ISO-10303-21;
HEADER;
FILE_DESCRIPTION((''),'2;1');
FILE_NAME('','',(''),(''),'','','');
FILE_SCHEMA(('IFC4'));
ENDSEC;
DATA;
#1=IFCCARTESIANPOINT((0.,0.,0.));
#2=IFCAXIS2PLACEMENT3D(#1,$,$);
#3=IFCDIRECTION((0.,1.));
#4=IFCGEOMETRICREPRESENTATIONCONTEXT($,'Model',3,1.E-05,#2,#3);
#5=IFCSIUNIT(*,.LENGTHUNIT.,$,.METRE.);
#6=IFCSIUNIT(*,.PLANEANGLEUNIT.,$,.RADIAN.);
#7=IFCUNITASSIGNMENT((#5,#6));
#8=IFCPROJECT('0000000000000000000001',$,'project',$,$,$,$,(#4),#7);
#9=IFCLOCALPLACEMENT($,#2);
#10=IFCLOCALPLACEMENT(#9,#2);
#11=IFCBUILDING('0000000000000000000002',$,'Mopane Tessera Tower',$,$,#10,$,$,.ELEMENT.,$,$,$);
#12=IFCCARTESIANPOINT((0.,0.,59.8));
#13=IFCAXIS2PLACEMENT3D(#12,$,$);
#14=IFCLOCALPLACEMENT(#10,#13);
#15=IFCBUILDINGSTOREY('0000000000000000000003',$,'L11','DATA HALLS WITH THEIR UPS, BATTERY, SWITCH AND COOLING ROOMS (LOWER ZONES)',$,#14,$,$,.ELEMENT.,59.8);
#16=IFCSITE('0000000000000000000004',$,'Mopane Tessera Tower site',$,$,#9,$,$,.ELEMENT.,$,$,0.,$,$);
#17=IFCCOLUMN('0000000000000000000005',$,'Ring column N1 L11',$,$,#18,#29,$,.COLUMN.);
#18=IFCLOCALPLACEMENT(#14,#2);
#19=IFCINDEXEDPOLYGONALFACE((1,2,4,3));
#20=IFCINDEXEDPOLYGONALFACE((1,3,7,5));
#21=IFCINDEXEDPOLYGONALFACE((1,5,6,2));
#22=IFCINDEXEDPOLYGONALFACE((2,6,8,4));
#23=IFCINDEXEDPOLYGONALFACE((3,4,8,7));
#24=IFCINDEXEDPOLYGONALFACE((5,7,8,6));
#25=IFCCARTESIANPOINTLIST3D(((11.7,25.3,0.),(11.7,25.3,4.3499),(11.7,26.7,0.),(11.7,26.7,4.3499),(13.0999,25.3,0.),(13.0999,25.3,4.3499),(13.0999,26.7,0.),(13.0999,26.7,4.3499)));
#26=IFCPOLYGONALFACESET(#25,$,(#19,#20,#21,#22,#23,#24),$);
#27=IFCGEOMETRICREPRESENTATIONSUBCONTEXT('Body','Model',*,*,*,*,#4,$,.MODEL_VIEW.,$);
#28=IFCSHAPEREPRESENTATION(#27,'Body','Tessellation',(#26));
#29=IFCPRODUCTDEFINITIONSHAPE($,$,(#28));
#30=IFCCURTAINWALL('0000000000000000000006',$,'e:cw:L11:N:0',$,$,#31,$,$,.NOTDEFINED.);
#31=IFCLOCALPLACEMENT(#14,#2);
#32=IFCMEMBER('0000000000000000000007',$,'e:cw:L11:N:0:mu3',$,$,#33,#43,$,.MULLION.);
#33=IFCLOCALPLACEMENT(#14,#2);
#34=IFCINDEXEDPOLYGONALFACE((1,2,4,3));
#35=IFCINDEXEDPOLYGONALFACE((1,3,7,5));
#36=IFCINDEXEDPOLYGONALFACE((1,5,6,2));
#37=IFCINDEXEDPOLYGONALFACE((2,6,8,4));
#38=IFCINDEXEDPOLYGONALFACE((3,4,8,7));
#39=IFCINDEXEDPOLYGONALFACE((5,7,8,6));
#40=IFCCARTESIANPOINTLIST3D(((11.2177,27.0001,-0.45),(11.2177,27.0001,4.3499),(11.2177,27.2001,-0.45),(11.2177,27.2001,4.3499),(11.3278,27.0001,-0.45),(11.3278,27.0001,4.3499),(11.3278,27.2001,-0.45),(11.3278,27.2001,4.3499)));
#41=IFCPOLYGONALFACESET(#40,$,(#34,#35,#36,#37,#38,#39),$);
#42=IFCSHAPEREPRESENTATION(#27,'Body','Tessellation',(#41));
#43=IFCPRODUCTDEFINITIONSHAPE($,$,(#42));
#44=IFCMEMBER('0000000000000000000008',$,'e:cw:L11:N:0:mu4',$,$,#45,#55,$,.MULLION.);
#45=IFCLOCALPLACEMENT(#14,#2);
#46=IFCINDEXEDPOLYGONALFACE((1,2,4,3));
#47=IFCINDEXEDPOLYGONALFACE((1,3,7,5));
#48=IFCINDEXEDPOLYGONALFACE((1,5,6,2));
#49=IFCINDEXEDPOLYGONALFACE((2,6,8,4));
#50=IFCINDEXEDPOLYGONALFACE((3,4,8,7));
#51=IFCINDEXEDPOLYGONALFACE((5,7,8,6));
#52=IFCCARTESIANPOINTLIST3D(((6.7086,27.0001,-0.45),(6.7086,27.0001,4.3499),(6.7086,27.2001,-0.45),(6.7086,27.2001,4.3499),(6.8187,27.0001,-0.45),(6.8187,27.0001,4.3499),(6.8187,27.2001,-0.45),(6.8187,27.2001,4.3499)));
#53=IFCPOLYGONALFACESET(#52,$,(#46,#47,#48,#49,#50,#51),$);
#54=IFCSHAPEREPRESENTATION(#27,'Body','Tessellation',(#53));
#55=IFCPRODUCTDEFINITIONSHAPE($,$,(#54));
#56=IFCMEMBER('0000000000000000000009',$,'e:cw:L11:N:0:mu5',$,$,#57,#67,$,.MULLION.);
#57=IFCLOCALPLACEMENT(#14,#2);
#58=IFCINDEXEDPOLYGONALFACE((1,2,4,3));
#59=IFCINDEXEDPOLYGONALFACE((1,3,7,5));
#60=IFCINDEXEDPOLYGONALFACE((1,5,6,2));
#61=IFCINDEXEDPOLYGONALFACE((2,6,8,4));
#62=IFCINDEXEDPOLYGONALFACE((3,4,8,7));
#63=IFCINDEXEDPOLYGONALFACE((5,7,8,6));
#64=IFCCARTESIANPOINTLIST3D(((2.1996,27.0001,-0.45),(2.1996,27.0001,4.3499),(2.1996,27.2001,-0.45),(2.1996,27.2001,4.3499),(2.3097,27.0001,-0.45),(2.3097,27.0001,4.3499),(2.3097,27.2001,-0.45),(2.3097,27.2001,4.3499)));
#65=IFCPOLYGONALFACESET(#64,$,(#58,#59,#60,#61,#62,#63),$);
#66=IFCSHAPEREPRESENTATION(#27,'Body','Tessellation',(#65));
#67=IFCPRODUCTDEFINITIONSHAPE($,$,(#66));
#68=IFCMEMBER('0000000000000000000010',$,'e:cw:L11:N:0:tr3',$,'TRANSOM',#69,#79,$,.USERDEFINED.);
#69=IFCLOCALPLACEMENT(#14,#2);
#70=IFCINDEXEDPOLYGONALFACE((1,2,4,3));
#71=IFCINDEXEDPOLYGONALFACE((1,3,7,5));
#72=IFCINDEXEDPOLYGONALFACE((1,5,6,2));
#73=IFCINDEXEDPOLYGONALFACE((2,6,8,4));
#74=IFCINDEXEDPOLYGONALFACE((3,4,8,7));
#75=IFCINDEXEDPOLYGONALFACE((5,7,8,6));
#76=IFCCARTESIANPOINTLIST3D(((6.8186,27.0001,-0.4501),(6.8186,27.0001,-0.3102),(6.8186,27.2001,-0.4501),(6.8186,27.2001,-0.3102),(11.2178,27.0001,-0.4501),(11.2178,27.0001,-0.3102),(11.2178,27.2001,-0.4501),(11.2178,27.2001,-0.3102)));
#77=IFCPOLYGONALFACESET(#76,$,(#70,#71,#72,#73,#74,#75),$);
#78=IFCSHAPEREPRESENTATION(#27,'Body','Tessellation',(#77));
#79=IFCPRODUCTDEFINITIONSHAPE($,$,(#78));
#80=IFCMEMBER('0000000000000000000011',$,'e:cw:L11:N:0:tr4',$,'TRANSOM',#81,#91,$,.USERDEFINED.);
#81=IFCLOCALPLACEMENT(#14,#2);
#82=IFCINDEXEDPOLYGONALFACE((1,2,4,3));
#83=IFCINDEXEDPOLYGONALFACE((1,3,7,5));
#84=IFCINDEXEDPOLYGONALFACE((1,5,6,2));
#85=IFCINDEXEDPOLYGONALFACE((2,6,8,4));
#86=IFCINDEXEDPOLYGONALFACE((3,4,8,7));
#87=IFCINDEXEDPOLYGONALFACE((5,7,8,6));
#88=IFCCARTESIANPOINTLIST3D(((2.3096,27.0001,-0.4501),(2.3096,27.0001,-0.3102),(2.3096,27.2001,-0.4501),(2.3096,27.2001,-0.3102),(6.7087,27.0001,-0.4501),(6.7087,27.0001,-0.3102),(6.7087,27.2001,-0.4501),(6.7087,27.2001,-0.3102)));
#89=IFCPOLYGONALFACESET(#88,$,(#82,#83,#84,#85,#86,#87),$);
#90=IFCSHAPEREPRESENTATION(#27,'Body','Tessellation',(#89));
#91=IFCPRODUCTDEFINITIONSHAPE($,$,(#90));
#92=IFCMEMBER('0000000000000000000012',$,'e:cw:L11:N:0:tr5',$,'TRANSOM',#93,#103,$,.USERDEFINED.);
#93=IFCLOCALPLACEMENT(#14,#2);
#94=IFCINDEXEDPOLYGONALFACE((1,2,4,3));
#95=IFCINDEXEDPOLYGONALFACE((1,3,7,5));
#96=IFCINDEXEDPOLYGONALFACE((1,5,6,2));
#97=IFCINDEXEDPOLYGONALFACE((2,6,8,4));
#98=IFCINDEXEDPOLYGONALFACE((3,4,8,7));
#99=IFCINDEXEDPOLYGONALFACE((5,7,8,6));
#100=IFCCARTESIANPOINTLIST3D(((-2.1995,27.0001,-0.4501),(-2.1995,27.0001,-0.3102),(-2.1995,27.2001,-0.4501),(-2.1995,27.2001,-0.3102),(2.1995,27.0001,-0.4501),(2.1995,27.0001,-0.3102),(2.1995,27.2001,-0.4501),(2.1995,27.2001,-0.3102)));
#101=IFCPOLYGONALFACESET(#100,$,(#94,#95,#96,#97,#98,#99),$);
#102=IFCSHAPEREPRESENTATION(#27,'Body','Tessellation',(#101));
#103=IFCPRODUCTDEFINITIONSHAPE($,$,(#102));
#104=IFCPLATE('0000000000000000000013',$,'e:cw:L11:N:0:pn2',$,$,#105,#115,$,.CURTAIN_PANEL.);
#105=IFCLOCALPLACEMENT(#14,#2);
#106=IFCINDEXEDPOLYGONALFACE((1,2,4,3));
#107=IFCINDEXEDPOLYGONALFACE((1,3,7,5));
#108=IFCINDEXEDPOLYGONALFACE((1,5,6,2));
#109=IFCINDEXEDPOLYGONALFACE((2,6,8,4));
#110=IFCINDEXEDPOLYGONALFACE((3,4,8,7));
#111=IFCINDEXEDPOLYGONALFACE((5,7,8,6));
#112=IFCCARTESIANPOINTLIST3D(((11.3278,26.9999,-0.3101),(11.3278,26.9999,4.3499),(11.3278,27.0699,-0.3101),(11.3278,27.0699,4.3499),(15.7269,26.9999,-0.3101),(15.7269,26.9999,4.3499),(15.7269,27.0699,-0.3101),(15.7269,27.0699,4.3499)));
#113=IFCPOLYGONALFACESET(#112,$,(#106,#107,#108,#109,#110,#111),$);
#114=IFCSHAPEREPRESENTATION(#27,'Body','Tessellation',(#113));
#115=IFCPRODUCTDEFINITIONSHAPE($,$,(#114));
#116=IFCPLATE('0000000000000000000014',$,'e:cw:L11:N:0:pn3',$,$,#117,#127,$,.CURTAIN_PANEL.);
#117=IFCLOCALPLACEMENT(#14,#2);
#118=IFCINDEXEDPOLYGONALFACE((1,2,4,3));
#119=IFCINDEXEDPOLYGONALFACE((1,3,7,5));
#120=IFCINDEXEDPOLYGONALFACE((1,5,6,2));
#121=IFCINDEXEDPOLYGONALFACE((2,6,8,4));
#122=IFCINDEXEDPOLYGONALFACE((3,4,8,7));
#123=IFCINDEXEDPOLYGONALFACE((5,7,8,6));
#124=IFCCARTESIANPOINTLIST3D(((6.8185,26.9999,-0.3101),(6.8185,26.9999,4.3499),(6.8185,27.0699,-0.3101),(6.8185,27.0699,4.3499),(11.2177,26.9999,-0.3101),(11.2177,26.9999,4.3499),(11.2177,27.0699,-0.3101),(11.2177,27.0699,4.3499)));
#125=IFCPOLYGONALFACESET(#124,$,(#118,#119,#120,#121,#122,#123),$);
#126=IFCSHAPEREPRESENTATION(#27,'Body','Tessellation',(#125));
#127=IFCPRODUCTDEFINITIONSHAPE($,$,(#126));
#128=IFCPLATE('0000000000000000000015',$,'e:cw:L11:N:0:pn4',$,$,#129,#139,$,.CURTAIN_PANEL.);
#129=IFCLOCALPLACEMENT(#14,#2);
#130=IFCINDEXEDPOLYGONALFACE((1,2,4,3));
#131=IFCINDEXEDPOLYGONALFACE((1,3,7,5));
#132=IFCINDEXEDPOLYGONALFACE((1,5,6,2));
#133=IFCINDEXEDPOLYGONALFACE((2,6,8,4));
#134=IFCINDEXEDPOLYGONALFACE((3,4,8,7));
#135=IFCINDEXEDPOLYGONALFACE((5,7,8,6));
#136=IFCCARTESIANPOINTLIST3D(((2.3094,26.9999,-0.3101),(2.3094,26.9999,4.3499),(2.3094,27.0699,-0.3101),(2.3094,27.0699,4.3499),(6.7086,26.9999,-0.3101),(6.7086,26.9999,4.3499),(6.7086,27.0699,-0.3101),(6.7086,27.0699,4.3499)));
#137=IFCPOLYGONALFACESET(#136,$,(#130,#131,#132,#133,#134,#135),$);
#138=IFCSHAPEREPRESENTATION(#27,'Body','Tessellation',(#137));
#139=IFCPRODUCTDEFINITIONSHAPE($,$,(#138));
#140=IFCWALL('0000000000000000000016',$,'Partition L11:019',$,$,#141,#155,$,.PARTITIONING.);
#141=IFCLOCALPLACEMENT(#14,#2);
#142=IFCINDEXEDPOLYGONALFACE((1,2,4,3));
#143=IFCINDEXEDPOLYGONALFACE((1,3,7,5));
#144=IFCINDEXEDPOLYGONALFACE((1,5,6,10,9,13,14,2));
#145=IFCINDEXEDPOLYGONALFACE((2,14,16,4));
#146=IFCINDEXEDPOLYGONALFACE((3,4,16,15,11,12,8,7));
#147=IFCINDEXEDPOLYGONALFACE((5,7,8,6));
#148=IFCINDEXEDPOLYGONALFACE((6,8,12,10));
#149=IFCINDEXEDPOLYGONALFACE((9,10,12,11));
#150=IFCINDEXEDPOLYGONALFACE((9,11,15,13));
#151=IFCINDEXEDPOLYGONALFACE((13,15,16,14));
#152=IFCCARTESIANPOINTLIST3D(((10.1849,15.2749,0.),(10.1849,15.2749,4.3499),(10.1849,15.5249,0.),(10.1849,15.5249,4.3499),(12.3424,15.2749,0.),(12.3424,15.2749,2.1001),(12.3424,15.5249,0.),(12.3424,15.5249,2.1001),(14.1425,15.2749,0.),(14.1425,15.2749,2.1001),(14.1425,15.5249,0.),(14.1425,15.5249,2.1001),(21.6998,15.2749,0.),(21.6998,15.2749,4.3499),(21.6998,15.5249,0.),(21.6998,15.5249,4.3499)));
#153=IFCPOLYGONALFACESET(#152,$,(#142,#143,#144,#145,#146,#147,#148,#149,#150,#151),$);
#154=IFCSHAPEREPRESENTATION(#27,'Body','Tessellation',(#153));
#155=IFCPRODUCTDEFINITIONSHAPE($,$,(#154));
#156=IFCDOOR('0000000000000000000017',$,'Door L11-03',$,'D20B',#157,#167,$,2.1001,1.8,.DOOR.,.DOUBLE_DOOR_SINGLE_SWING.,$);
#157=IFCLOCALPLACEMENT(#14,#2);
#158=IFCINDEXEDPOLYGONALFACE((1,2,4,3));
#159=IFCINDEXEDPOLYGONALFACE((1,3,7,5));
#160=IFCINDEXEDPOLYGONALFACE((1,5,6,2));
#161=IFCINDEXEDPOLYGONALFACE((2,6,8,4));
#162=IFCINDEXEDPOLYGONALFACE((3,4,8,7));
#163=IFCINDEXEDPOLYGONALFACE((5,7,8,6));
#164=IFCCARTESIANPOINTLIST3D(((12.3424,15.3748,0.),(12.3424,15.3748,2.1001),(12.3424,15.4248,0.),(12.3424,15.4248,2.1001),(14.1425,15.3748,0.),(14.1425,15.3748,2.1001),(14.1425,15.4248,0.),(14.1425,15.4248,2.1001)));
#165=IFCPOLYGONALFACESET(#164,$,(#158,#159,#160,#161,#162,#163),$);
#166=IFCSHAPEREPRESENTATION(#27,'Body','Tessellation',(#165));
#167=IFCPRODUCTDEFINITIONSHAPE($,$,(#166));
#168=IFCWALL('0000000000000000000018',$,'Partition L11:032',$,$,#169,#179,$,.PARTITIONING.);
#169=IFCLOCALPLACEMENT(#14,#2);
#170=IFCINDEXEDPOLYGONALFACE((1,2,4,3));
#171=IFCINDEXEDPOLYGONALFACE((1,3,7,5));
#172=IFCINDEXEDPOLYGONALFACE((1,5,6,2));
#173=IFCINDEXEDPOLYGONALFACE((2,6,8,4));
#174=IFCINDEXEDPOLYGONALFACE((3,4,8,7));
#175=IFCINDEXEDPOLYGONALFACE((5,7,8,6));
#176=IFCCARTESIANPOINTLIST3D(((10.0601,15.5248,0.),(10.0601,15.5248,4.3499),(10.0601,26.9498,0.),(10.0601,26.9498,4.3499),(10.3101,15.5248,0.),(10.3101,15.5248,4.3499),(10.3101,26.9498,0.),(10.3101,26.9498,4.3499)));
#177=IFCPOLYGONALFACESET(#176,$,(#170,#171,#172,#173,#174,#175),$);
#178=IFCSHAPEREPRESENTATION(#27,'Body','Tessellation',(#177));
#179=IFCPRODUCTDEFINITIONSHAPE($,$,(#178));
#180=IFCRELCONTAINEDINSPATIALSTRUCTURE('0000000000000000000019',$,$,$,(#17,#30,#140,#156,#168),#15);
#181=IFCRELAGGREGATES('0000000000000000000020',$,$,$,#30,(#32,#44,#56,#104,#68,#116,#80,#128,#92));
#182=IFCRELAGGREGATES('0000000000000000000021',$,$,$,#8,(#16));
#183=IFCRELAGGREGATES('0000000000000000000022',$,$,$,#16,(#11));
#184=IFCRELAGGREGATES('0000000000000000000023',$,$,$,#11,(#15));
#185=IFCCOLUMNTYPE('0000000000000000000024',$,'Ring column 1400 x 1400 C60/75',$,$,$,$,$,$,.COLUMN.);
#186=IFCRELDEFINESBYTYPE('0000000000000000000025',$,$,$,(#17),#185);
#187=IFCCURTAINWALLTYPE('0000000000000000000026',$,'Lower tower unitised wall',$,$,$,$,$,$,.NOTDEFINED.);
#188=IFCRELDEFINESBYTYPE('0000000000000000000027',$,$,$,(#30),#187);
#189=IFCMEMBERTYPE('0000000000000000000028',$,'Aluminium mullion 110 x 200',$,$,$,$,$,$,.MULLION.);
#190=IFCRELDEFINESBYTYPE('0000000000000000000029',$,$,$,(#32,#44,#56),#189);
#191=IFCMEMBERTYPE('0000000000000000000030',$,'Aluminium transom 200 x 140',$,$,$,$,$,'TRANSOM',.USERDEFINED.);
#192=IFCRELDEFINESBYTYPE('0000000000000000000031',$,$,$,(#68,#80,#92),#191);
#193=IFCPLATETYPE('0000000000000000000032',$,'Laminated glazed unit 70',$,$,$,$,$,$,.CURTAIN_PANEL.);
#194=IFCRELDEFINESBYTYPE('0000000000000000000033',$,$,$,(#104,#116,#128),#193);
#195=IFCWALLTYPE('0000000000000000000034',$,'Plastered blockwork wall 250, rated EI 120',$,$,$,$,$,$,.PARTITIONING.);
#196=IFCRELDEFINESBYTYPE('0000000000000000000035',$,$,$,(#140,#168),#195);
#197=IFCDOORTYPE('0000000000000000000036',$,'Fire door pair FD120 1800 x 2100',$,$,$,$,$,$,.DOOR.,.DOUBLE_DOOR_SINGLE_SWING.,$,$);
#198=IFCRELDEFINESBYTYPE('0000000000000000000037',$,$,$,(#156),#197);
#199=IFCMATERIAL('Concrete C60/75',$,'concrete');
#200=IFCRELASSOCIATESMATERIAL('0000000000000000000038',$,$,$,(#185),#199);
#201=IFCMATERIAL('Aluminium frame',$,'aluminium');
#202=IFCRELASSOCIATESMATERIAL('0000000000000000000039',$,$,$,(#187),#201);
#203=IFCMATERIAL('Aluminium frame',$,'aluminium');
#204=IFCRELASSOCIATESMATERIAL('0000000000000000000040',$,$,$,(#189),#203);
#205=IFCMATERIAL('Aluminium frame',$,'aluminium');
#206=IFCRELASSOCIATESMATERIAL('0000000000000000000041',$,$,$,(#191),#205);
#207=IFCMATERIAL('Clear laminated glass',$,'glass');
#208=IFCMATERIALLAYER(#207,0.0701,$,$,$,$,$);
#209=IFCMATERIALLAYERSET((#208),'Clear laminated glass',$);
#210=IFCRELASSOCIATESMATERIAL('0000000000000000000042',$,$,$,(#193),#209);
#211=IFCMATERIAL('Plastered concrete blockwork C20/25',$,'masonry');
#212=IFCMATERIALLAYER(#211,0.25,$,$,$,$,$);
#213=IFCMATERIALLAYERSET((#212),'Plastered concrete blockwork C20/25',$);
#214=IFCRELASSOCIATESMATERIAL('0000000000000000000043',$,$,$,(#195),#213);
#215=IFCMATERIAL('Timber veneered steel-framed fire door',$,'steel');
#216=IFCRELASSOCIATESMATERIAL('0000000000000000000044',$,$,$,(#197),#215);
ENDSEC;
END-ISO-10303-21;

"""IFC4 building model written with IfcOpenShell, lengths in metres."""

from ifc_helpers import new_model, si_unit, direction, frame, frame_2d, origin, origin_2d, place, context, subcontext, project, spatial, rectangle, extrude, material, layer, layer_set, material_profile, profile_set, type_object, element, fill, aggregate, save


model = new_model("IFC4")

# Units and contexts
model_context = context("Model", 3, precision=1e-05, world=origin(), true_north=direction((0.0, 1.0)))
body_context = subcontext(model_context, "Body", "Model", "MODEL_VIEW")
ifc_project = project(units=[si_unit("LENGTHUNIT", "METRE"), si_unit("PLANEANGLEUNIT", "RADIAN")], contexts=[model_context])

# Site, building, storey
site_placement = place(None, origin())
site = spatial("IfcSite", under=ifc_project, at=site_placement, Name="Mopane Tessera Tower site", CompositionType="ELEMENT", RefElevation=0.0)
building_placement = place(site_placement, origin())
building = spatial("IfcBuilding", under=site, at=building_placement, Name="Mopane Tessera Tower", CompositionType="ELEMENT")
storey_placement = place(building_placement, frame((0.0, 0.0, 59.8)))
storey = spatial("IfcBuildingStorey", under=building, at=storey_placement, Name="L11", Description="DATA HALLS WITH THEIR UPS, BATTERY, SWITCH AND COOLING ROOMS (LOWER ZONES)", CompositionType="ELEMENT", Elevation=59.8)

# Column
ifc_material_1 = material(Name="Concrete C60/75", Category="concrete")
ifc_material_profile_1 = material_profile(ifc_material_1, rectangle(XDim=1.3999, YDim=1.3999, at=origin_2d()))
ifc_profile_set_1 = profile_set([ifc_material_profile_1], Name="Concrete C60/75")
column_type = type_object("IfcColumnType", Name="Ring column 1400 x 1400 C60/75", PredefinedType="COLUMN", material=ifc_profile_set_1)
column_placement = place(storey_placement, frame((12.3999, 26.0, 0.0), z_axis=(0.0, 0.0, 1.0), x_axis=(1.0, 0.0, 0.0)))
element("IfcColumn", 1, at=column_placement, inside=storey, type_object=column_type, Name="Ring column N1 L11", PredefinedType="COLUMN", context=body_context, shape_type="SweptSolid", body=[
    extrude(rectangle(XDim=1.3999, YDim=1.3999, at=origin_2d()), origin(), (0.0, 0.0, 1.0), 4.3499),
])

# Curtain wall, members, plates
ifc_material_2 = material(Name="Aluminium frame", Category="aluminium")
curtain_wall_type = type_object("IfcCurtainWallType", Name="Lower tower unitised wall", PredefinedType="NOTDEFINED", material=ifc_material_2)
curtain_wall_placement = place(storey_placement, origin())
curtain_wall = element("IfcCurtainWall", 2, at=curtain_wall_placement, inside=storey, type_object=curtain_wall_type, Name="e:cw:L11:N:0", PredefinedType="NOTDEFINED")
ifc_material_3 = material(Name="Aluminium frame", Category="aluminium")
ifc_material_profile_2 = material_profile(ifc_material_3, rectangle(XDim=0.1101, YDim=0.2, at=origin_2d()))
ifc_profile_set_2 = profile_set([ifc_material_profile_2], Name="Aluminium frame")
member_type_1 = type_object("IfcMemberType", Name="Aluminium mullion 110 x 200", PredefinedType="MULLION", material=ifc_profile_set_2)
member_1_placement = place(storey_placement, frame((11.2727, 27.1001, -0.45), z_axis=(0.0, 0.0, 1.0), x_axis=(-1.0, 0.0, 0.0)))
member_1 = element("IfcMember", 3, at=member_1_placement, type_object=member_type_1, Name="e:cw:L11:N:0:mu3", PredefinedType="MULLION", context=body_context, shape_type="SweptSolid", body=[
    extrude(rectangle(XDim=0.1101, YDim=0.2, at=origin_2d()), origin(), (0.0, 0.0, 1.0), 4.7998),
])
member_2_placement = place(storey_placement, frame((6.7637, 27.1001, -0.45), z_axis=(0.0, 0.0, 1.0), x_axis=(-1.0, 0.0, 0.0)))
member_2 = element("IfcMember", 4, at=member_2_placement, type_object=member_type_1, Name="e:cw:L11:N:0:mu4", PredefinedType="MULLION", context=body_context, shape_type="SweptSolid", body=[
    extrude(rectangle(XDim=0.1101, YDim=0.2, at=origin_2d()), origin(), (0.0, 0.0, 1.0), 4.7998),
])
member_3_placement = place(storey_placement, frame((2.2546, 27.1001, -0.45), z_axis=(0.0, 0.0, 1.0), x_axis=(-1.0, 0.0, 0.0)))
member_3 = element("IfcMember", 5, at=member_3_placement, type_object=member_type_1, Name="e:cw:L11:N:0:mu5", PredefinedType="MULLION", context=body_context, shape_type="SweptSolid", body=[
    extrude(rectangle(XDim=0.1101, YDim=0.2, at=origin_2d()), origin(), (0.0, 0.0, 1.0), 4.7998),
])
ifc_material_4 = material(Name="Aluminium frame", Category="aluminium")
ifc_material_profile_3 = material_profile(ifc_material_4, rectangle(XDim=0.2, YDim=0.1399, at=origin_2d()))
ifc_profile_set_3 = profile_set([ifc_material_profile_3], Name="Aluminium frame")
member_type_2 = type_object("IfcMemberType", Name="Aluminium transom 200 x 140", ElementType="TRANSOM", PredefinedType="USERDEFINED", material=ifc_profile_set_3)
member_4_placement = place(storey_placement, frame((11.2178, 27.1001, -0.3801), z_axis=(-1.0, 0.0, 0.0), x_axis=(0.0, -1.0, 0.0)))
member_4 = element("IfcMember", 6, at=member_4_placement, type_object=member_type_2, Name="e:cw:L11:N:0:tr3", ObjectType="TRANSOM", PredefinedType="USERDEFINED", context=body_context, shape_type="SweptSolid", body=[
    extrude(rectangle(XDim=0.2, YDim=0.1399, at=origin_2d()), origin(), (0.0, 0.0, 1.0), 4.3992),
])
member_5_placement = place(storey_placement, frame((6.7087, 27.1001, -0.3801), z_axis=(-1.0, 0.0, 0.0), x_axis=(0.0, -1.0, 0.0)))
member_5 = element("IfcMember", 7, at=member_5_placement, type_object=member_type_2, Name="e:cw:L11:N:0:tr4", ObjectType="TRANSOM", PredefinedType="USERDEFINED", context=body_context, shape_type="SweptSolid", body=[
    extrude(rectangle(XDim=0.2, YDim=0.1399, at=origin_2d()), origin(), (0.0, 0.0, 1.0), 4.3992),
])
member_6_placement = place(storey_placement, frame((2.1995, 27.1001, -0.3801), z_axis=(-1.0, 0.0, 0.0), x_axis=(0.0, -1.0, 0.0)))
member_6 = element("IfcMember", 8, at=member_6_placement, type_object=member_type_2, Name="e:cw:L11:N:0:tr5", ObjectType="TRANSOM", PredefinedType="USERDEFINED", context=body_context, shape_type="SweptSolid", body=[
    extrude(rectangle(XDim=0.2, YDim=0.1399, at=origin_2d()), origin(), (0.0, 0.0, 1.0), 4.3989),
])
ifc_material_5 = material(Name="Clear laminated glass", Category="glass")
ifc_layer_1 = layer(ifc_material_5, 0.0701)
ifc_layer_set_1 = layer_set([ifc_layer_1], Name="Clear laminated glass")
plate_type = type_object("IfcPlateType", Name="Laminated glazed unit 70", PredefinedType="CURTAIN_PANEL", material=ifc_layer_set_1)
plate_1_placement = place(storey_placement, frame((13.5273, 27.0349, -0.3101), z_axis=(0.0, 0.0, 1.0), x_axis=(-1.0, 0.0, 0.0)))
plate_1 = element("IfcPlate", 9, at=plate_1_placement, type_object=plate_type, Name="e:cw:L11:N:0:pn2", PredefinedType="CURTAIN_PANEL", context=body_context, shape_type="SweptSolid", body=[
    extrude(rectangle(XDim=4.3992, YDim=0.0701, at=origin_2d()), origin(), (0.0, 0.0, 1.0), 4.6599),
])
plate_2_placement = place(storey_placement, frame((9.0181, 27.0349, -0.3101), z_axis=(0.0, 0.0, 1.0), x_axis=(-1.0, 0.0, 0.0)))
plate_2 = element("IfcPlate", 10, at=plate_2_placement, type_object=plate_type, Name="e:cw:L11:N:0:pn3", PredefinedType="CURTAIN_PANEL", context=body_context, shape_type="SweptSolid", body=[
    extrude(rectangle(XDim=4.3992, YDim=0.0701, at=origin_2d()), origin(), (0.0, 0.0, 1.0), 4.6599),
])
plate_3_placement = place(storey_placement, frame((4.509, 27.0349, -0.3101), z_axis=(0.0, 0.0, 1.0), x_axis=(-1.0, 0.0, 0.0)))
plate_3 = element("IfcPlate", 11, at=plate_3_placement, type_object=plate_type, Name="e:cw:L11:N:0:pn4", PredefinedType="CURTAIN_PANEL", context=body_context, shape_type="SweptSolid", body=[
    extrude(rectangle(XDim=4.3992, YDim=0.0701, at=origin_2d()), origin(), (0.0, 0.0, 1.0), 4.6599),
])
aggregate(curtain_wall, [member_1, member_2, member_3, plate_1, member_4, plate_2, member_5, plate_3, member_6])

# Wall, opening, door
ifc_material_6 = material(Name="Plastered concrete blockwork C20/25", Category="masonry")
ifc_layer_2 = layer(ifc_material_6, 0.25)
ifc_layer_set_2 = layer_set([ifc_layer_2], Name="Plastered concrete blockwork C20/25")
wall_type = type_object("IfcWallType", Name="Plastered blockwork wall 250, rated EI 120", PredefinedType="PARTITIONING", material=ifc_layer_set_2)
wall_1_placement = place(storey_placement, frame((10.1851, 15.3999, 0.0), z_axis=(0.0, 0.0, 1.0), x_axis=(1.0, 0.0, 0.0)))
wall_1 = element("IfcWall", 12, at=wall_1_placement, inside=storey, type_object=wall_type, Name="Partition L11:019", PredefinedType="PARTITIONING", context=body_context, shape_type="SweptSolid", body=[
    extrude(rectangle(XDim=11.5149, YDim=0.25, at=frame_2d((5.7573, 0.0))), origin(), (0.0, 0.0, 1.0), 4.3499),
])
opening_placement = place(wall_1_placement, frame((2.1575, 0.0, 0.0)))
opening = element("IfcOpeningElement", 13, at=opening_placement, cuts=wall_1, PredefinedType="OPENING", context=body_context, shape_type="SweptSolid", body=[
    extrude(rectangle(XDim=1.8, YDim=2.1001, at=frame_2d((0.8999, 1.05))), frame((0.0, 0.137, 0.0), z_axis=(0.0, -1.0, 0.0), x_axis=(1.0, 0.0, 0.0)), (0.0, 0.0, 1.0), 0.2739),
])
ifc_material_7 = material(Name="Timber veneered steel-framed fire door", Category="steel")
door_type = type_object("IfcDoorType", Name="Fire door pair FD120 1800 x 2100", OperationType="DOUBLE_DOOR_SINGLE_SWING", PredefinedType="DOOR", material=ifc_material_7)
door_placement = place(opening_placement, origin())
door = element("IfcDoor", 14, at=door_placement, inside=storey, type_object=door_type, Name="Door L11-03", ObjectType="D20B", OperationType="DOUBLE_DOOR_SINGLE_SWING", OverallHeight=2.1001, OverallWidth=1.8, PredefinedType="DOOR", context=body_context, shape_type="SweptSolid", body=[
    extrude(rectangle(XDim=1.8, YDim=2.1001, at=frame_2d((0.8999, 1.05))), frame((0.0, 0.0249, 0.0), z_axis=(0.0, -1.0, 0.0), x_axis=(1.0, 0.0, 0.0)), (0.0, 0.0, 1.0), 0.05),
])
fill(opening, door)

# Wall
wall_2_placement = place(storey_placement, frame((10.1851, 15.5249, 0.0), z_axis=(0.0, 0.0, 1.0), x_axis=(0.0, 1.0, 0.0)))
element("IfcWall", 15, at=wall_2_placement, inside=storey, type_object=wall_type, Name="Partition L11:032", PredefinedType="PARTITIONING", context=body_context, shape_type="SweptSolid", body=[
    extrude(rectangle(XDim=11.425, YDim=0.25, at=frame_2d((5.7124, 0.0))), origin(), (0.0, 0.0, 1.0), 4.3499),
])

save(model, "model.ifc")
